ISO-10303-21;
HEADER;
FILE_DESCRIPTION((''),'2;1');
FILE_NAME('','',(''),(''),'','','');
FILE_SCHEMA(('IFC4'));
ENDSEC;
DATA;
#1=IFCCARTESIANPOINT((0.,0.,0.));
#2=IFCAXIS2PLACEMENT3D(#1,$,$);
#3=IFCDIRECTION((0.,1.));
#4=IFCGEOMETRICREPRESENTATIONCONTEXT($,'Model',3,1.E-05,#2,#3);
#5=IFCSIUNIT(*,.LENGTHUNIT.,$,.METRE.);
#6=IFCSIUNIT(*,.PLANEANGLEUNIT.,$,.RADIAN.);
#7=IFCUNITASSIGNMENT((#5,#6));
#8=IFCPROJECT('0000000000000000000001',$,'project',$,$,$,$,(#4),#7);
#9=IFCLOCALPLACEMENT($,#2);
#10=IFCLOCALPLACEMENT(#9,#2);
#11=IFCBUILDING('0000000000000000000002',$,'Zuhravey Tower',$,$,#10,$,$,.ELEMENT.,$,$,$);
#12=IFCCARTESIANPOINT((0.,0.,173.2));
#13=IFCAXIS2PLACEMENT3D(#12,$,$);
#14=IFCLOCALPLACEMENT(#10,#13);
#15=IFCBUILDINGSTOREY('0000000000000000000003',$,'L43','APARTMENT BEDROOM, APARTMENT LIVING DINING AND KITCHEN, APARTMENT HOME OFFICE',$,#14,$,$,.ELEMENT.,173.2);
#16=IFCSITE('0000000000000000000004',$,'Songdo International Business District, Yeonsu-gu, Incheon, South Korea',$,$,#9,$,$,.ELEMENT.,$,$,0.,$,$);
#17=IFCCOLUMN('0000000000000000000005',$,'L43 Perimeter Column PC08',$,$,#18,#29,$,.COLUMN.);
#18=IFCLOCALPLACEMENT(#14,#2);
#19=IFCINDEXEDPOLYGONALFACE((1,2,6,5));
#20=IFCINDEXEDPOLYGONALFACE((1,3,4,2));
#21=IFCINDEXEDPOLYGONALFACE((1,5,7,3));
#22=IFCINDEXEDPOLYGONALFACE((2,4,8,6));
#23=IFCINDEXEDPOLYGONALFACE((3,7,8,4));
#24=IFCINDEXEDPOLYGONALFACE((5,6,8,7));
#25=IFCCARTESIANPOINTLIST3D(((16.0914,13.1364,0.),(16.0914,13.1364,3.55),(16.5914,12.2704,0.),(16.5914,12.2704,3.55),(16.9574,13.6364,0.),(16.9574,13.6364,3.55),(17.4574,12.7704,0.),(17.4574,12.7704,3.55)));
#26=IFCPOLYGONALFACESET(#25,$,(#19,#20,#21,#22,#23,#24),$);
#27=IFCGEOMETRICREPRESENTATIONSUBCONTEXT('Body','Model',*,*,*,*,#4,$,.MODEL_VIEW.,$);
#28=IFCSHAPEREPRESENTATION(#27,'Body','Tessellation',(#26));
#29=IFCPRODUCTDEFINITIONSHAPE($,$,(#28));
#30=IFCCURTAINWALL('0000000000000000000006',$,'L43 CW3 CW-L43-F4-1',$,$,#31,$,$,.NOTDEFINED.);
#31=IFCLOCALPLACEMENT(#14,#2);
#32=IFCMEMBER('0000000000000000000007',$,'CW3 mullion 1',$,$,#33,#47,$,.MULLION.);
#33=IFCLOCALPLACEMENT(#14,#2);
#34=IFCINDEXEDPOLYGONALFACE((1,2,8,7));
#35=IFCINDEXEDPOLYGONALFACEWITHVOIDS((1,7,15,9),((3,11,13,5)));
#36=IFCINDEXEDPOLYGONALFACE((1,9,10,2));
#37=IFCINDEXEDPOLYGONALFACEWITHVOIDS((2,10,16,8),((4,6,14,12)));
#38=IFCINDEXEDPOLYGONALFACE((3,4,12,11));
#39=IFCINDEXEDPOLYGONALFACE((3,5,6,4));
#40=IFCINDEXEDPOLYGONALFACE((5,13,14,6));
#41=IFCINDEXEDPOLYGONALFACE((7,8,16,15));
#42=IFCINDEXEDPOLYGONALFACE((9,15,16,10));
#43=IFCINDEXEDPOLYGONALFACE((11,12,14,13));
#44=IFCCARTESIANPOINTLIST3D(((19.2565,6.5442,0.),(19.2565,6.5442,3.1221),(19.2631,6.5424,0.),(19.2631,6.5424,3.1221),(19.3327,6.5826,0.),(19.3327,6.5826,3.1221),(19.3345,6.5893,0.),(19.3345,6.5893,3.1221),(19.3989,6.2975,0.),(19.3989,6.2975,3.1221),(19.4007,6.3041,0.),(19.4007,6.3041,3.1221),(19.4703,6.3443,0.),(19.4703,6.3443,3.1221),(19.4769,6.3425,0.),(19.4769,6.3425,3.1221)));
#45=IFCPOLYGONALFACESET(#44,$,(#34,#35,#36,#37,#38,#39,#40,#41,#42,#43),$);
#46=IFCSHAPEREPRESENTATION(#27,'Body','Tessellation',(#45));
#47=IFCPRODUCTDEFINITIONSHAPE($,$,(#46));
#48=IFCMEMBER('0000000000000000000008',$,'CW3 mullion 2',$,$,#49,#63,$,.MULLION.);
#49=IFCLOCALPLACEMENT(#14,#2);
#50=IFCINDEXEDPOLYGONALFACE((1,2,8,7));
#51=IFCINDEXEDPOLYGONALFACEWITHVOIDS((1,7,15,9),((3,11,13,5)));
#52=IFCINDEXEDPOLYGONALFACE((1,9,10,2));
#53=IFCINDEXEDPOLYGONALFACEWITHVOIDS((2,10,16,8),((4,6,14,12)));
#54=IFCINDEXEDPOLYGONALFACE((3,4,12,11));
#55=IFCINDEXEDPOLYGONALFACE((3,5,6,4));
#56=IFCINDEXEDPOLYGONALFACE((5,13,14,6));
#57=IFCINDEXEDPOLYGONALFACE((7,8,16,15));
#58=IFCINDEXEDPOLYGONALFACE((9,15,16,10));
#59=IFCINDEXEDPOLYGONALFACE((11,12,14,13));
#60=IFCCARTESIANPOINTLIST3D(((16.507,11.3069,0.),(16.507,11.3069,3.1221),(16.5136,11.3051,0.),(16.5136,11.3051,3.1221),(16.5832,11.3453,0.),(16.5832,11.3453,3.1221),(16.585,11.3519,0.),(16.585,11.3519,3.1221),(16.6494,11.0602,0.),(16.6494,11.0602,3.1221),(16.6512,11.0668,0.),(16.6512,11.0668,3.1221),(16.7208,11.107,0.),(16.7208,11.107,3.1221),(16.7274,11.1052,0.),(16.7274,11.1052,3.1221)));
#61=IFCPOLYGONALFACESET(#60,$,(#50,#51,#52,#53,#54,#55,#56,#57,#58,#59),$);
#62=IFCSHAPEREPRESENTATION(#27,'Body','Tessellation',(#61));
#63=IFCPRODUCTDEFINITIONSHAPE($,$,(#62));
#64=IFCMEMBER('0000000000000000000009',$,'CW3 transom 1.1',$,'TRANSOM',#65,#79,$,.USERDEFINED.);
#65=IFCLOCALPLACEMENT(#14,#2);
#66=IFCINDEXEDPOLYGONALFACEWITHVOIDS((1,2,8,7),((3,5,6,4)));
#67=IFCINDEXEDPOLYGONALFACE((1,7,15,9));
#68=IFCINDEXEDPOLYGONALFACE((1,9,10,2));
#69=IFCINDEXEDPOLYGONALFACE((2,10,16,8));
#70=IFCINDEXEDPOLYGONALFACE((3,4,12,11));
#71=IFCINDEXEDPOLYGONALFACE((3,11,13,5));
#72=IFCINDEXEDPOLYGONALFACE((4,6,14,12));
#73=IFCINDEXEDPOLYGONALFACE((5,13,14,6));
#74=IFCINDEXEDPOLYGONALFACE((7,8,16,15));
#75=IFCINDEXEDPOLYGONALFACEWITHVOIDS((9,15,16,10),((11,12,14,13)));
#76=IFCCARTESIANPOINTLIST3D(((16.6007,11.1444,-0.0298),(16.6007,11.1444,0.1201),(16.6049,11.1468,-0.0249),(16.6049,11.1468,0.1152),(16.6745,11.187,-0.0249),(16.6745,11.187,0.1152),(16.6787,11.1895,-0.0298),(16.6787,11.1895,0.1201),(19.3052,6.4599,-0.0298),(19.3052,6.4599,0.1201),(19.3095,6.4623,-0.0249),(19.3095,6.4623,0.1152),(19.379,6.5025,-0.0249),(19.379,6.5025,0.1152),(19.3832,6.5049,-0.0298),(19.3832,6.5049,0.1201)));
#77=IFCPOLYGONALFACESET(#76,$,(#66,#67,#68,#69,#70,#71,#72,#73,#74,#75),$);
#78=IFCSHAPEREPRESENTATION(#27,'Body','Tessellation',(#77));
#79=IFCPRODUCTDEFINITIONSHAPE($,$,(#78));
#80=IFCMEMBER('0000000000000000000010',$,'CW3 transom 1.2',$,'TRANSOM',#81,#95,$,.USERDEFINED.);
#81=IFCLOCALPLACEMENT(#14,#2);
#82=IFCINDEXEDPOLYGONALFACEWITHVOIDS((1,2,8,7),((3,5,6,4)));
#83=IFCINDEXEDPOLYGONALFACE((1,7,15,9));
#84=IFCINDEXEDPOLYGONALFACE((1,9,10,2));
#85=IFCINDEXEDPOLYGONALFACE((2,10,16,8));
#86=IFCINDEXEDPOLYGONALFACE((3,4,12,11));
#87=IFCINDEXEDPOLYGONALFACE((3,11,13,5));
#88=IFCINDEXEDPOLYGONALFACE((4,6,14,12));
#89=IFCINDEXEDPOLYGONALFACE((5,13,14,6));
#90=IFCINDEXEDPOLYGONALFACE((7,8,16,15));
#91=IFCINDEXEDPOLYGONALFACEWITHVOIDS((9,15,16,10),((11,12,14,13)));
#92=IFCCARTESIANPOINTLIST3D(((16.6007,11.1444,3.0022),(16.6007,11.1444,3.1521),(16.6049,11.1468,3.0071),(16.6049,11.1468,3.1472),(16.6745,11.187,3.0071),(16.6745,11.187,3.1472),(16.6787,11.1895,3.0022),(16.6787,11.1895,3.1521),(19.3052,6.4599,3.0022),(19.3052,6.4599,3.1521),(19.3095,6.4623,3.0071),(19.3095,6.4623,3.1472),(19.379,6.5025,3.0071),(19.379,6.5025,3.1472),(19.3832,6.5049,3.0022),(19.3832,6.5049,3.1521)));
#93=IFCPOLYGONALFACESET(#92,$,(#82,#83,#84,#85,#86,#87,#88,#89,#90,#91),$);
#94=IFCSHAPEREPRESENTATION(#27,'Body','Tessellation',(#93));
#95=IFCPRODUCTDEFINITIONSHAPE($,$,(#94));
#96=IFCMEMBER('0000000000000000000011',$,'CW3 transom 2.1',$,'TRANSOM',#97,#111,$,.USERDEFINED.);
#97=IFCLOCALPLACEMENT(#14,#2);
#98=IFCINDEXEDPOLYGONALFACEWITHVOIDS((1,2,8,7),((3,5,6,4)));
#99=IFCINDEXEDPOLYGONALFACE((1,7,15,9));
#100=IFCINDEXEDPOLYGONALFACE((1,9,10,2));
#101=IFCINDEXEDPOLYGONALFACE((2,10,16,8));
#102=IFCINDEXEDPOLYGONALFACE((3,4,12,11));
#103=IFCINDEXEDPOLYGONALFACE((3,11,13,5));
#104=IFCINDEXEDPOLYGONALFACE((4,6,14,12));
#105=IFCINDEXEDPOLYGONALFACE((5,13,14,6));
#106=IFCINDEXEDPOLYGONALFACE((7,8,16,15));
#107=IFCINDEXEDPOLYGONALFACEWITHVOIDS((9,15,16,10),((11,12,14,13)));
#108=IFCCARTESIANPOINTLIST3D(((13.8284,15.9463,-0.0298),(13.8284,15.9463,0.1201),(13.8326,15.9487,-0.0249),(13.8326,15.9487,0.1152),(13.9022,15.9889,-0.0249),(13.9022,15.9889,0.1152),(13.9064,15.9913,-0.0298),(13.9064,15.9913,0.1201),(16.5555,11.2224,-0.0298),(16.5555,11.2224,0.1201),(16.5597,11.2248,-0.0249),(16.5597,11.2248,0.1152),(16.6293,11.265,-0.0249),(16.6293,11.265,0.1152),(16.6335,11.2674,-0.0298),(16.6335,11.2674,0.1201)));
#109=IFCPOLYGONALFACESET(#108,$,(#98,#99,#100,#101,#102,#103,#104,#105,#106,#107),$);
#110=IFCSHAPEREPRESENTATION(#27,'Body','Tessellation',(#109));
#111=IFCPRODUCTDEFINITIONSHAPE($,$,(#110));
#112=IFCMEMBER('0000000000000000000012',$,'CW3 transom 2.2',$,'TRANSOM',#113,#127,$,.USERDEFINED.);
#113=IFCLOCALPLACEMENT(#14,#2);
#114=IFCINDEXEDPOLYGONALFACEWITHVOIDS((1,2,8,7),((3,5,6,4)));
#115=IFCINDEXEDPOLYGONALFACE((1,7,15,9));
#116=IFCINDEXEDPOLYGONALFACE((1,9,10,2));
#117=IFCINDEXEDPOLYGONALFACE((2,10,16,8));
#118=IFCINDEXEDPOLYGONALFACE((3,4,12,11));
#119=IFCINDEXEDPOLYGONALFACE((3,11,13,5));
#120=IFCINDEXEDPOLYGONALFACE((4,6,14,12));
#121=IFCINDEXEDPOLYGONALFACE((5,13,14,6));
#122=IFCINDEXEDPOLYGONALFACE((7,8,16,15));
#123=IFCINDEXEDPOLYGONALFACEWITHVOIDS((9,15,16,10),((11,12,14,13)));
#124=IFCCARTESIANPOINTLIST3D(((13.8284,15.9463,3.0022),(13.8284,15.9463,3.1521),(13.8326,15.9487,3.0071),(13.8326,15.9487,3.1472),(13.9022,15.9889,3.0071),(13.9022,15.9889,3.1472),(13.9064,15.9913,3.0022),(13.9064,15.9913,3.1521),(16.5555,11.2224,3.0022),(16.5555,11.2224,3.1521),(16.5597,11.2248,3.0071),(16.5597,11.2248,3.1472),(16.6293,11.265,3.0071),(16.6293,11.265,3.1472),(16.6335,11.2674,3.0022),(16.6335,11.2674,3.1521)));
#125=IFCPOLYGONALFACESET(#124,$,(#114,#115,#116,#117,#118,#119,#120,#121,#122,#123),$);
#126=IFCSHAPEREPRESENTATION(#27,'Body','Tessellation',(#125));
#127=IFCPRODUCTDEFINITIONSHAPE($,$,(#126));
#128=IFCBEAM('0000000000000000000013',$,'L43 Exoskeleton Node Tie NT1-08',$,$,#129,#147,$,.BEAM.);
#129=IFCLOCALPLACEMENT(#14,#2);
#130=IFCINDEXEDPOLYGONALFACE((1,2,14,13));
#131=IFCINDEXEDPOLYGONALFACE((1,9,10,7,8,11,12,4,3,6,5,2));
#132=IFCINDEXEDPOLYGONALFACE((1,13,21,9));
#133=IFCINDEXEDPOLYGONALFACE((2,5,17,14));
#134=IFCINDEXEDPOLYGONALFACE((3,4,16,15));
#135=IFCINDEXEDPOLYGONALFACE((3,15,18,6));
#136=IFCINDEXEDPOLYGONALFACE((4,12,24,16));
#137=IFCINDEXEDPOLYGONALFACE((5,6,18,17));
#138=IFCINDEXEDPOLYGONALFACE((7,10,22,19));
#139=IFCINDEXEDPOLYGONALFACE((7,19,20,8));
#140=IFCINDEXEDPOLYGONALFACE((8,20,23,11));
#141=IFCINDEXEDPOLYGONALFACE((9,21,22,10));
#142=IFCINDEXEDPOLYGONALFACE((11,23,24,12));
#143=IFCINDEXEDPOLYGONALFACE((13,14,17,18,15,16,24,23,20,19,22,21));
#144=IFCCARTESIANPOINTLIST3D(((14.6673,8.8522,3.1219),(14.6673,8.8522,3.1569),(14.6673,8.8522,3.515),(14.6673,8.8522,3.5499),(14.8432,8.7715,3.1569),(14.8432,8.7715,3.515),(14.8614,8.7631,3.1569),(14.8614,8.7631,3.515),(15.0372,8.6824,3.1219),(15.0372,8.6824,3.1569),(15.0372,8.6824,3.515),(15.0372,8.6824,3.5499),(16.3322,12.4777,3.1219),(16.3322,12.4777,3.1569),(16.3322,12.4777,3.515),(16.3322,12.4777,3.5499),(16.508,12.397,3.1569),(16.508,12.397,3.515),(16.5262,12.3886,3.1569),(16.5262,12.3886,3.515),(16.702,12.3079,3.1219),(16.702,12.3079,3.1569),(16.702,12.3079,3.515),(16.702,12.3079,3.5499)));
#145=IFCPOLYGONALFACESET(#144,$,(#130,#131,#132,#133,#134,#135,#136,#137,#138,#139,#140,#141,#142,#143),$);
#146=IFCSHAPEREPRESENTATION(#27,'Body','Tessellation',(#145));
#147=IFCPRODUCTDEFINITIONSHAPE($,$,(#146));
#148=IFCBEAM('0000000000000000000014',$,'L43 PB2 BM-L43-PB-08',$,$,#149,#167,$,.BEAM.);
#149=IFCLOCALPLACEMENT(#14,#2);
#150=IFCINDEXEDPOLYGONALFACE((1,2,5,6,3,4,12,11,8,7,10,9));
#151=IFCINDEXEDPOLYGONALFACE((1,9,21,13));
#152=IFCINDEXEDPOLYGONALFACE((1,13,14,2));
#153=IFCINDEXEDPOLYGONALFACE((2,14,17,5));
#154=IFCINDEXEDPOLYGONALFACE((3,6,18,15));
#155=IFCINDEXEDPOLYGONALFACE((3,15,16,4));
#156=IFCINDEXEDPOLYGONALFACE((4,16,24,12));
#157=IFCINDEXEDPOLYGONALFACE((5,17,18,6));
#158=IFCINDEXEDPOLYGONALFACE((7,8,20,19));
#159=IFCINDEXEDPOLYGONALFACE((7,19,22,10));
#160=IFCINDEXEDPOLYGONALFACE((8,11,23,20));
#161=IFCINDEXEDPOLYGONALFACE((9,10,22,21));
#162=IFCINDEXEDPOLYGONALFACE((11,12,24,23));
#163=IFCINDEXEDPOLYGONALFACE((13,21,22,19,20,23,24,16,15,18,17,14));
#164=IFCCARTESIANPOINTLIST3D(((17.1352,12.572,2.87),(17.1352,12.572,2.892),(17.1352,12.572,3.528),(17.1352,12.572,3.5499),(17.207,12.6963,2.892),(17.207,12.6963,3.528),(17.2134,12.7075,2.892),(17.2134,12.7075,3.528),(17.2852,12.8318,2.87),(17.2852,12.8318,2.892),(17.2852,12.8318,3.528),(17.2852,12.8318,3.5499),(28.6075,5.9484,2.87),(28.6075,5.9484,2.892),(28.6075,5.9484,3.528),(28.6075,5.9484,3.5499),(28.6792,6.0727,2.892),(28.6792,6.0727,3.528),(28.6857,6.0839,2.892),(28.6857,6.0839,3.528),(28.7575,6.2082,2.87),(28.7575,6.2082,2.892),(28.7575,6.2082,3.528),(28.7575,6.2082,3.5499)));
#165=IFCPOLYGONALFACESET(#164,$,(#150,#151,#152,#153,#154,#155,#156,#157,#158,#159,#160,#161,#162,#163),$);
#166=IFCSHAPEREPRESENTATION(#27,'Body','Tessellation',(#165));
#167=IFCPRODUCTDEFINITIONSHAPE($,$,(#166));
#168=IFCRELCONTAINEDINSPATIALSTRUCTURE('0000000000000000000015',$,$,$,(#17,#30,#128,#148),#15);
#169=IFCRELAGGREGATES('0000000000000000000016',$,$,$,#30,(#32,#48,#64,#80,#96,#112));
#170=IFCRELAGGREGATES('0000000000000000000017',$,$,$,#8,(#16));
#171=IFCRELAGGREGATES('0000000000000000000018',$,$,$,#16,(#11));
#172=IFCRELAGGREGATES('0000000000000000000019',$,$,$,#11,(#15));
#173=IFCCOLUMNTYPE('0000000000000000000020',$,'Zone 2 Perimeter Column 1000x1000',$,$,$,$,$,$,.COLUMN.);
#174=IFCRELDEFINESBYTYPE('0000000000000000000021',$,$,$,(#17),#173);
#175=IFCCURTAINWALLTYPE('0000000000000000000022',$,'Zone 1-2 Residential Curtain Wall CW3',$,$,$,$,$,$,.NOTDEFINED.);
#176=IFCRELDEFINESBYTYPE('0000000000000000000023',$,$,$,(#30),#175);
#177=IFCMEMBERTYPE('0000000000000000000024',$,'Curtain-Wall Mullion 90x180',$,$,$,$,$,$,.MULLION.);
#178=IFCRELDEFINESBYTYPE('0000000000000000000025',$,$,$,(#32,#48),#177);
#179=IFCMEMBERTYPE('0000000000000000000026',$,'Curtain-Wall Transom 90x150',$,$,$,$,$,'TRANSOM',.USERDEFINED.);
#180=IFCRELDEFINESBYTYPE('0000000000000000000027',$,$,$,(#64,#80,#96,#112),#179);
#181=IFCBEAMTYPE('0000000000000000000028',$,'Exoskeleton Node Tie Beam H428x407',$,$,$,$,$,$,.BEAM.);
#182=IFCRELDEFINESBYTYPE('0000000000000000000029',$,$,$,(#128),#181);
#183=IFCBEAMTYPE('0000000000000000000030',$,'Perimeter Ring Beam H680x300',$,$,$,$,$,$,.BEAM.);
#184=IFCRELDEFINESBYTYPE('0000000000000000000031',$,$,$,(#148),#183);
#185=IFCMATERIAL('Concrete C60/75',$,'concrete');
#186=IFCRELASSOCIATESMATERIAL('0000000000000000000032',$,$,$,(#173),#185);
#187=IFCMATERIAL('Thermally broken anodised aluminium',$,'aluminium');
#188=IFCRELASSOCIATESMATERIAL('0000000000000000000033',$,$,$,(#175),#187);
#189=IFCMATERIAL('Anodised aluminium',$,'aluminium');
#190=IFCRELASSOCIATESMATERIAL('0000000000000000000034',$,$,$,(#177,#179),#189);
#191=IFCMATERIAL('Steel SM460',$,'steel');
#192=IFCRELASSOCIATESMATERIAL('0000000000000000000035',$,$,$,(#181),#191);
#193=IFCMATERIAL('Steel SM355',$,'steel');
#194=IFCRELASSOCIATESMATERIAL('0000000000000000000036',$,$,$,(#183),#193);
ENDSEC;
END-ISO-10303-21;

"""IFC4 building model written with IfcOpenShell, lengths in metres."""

from ifc_helpers import new_model, si_unit, direction, frame, origin, origin_2d, place, context, subcontext, project, spatial, rectangle, hollow_rectangle, i_section, extrude, material, material_profile, profile_set, type_object, element, aggregate, save


model = new_model("IFC4")

# Units and contexts
model_context = context("Model", 3, precision=1e-05, world=origin(), true_north=direction((0.0, 1.0)))
body_context = subcontext(model_context, "Body", "Model", "MODEL_VIEW")
ifc_project = project(units=[si_unit("LENGTHUNIT", "METRE"), si_unit("PLANEANGLEUNIT", "RADIAN")], contexts=[model_context])

# Site, building, storey
site_placement = place(None, origin())
site = spatial("IfcSite", under=ifc_project, at=site_placement, Name="Songdo International Business District, Yeonsu-gu, Incheon, South Korea", CompositionType="ELEMENT", RefElevation=0.0)
building_placement = place(site_placement, origin())
building = spatial("IfcBuilding", under=site, at=building_placement, Name="Zuhravey Tower", CompositionType="ELEMENT")
storey_placement = place(building_placement, frame((0.0, 0.0, 173.2)))
storey = spatial("IfcBuildingStorey", under=building, at=storey_placement, Name="L43", Description="APARTMENT BEDROOM, APARTMENT LIVING DINING AND KITCHEN, APARTMENT HOME OFFICE", CompositionType="ELEMENT", Elevation=173.2)

# Column
ifc_material_1 = material(Name="Concrete C60/75", Category="concrete")
ifc_material_profile_1 = material_profile(ifc_material_1, rectangle(XDim=1.0, YDim=1.0, at=origin_2d()), Name="RC-1000x1000")
ifc_profile_set_1 = profile_set([ifc_material_profile_1], Name="Concrete C60/75")
column_type = type_object("IfcColumnType", Name="Zone 2 Perimeter Column 1000x1000", PredefinedType="COLUMN", material=ifc_profile_set_1)
column_placement = place(storey_placement, frame((16.7744, 12.9534, 0.0), z_axis=(0.0, 0.0, 1.0), x_axis=(0.5, -0.866025, 0.0)))
element("IfcColumn", 1, at=column_placement, inside=storey, type_object=column_type, Name="L43 Perimeter Column PC08", PredefinedType="COLUMN", context=body_context, shape_type="SweptSolid", body=[
    extrude(rectangle(XDim=1.0, YDim=1.0, at=origin_2d()), origin(), (0.0, 0.0, 1.0), 3.55),
])

# Curtain wall, members
ifc_material_2 = material(Name="Thermally broken anodised aluminium", Category="aluminium")
curtain_wall_type = type_object("IfcCurtainWallType", Name="Zone 1-2 Residential Curtain Wall CW3", PredefinedType="NOTDEFINED", material=ifc_material_2)
curtain_wall_placement = place(storey_placement, origin())
curtain_wall = element("IfcCurtainWall", 2, at=curtain_wall_placement, inside=storey, type_object=curtain_wall_type, Name="L43 CW3 CW-L43-F4-1", PredefinedType="NOTDEFINED")
ifc_material_3 = material(Name="Anodised aluminium", Category="aluminium")
ifc_material_profile_2 = material_profile(ifc_material_3, hollow_rectangle(XDim=0.0901, YDim=0.2849, WallThickness=0.0049, at=origin_2d()), Name="ALU-RHS-90x285x5")
ifc_profile_set_2 = profile_set([ifc_material_profile_2], Name="Anodised aluminium")
member_type_1 = type_object("IfcMemberType", Name="Curtain-Wall Mullion 90x180", PredefinedType="MULLION", material=ifc_profile_set_2)
member_1_placement = place(storey_placement, frame((19.3667, 6.4434, 0.0), z_axis=(0.0, 0.0, 1.0), x_axis=(-0.866025, -0.5, 0.0)))
member_1 = element("IfcMember", 3, at=member_1_placement, type_object=member_type_1, Name="CW3 mullion 1", PredefinedType="MULLION", context=body_context, shape_type="SweptSolid", body=[
    extrude(hollow_rectangle(XDim=0.0901, YDim=0.2849, WallThickness=0.0049, at=origin_2d()), origin(), (0.0, 0.0, 1.0), 3.1221),
])
member_2_placement = place(storey_placement, frame((16.6172, 11.2061, 0.0), z_axis=(0.0, 0.0, 1.0), x_axis=(-0.866025, -0.5, 0.0)))
member_2 = element("IfcMember", 4, at=member_2_placement, type_object=member_type_1, Name="CW3 mullion 2", PredefinedType="MULLION", context=body_context, shape_type="SweptSolid", body=[
    extrude(hollow_rectangle(XDim=0.0901, YDim=0.2849, WallThickness=0.0049, at=origin_2d()), origin(), (0.0, 0.0, 1.0), 3.1221),
])
ifc_material_profile_3 = material_profile(ifc_material_3, hollow_rectangle(XDim=0.0901, YDim=0.1499, WallThickness=0.0049, at=origin_2d()), Name="ALU-RHS-90x150x5")
ifc_profile_set_3 = profile_set([ifc_material_profile_3], Name="Anodised aluminium")
member_type_2 = type_object("IfcMemberType", Name="Curtain-Wall Transom 90x150", ElementType="TRANSOM", PredefinedType="USERDEFINED", material=ifc_profile_set_3)
member_3_placement = place(storey_placement, frame((19.3442, 6.4824, 0.0452), z_axis=(-0.499993, 0.866029, 0.0), x_axis=(-0.866029, -0.499993, 0.0)))
member_3 = element("IfcMember", 5, at=member_3_placement, type_object=member_type_2, Name="CW3 transom 1.1", ObjectType="TRANSOM", PredefinedType="USERDEFINED", context=body_context, shape_type="SweptSolid", body=[
    extrude(hollow_rectangle(XDim=0.0901, YDim=0.1499, WallThickness=0.0049, at=origin_2d()), origin(), (0.0, 0.0, 1.0), 5.4092),
])
member_4_placement = place(storey_placement, frame((19.3442, 6.4824, 3.0771), z_axis=(-0.499993, 0.866029, 0.0), x_axis=(-0.866029, -0.499993, 0.0)))
member_4 = element("IfcMember", 6, at=member_4_placement, type_object=member_type_2, Name="CW3 transom 1.2", ObjectType="TRANSOM", PredefinedType="USERDEFINED", context=body_context, shape_type="SweptSolid", body=[
    extrude(hollow_rectangle(XDim=0.0901, YDim=0.1499, WallThickness=0.0049, at=origin_2d()), origin(), (0.0, 0.0, 1.0), 5.4092),
])
member_5_placement = place(storey_placement, frame((16.5945, 11.2449, 0.0452), z_axis=(-0.499961, 0.866048, 0.0), x_axis=(-0.866048, -0.499961, 0.0)))
member_5 = element("IfcMember", 7, at=member_5_placement, type_object=member_type_2, Name="CW3 transom 2.1", ObjectType="TRANSOM", PredefinedType="USERDEFINED", context=body_context, shape_type="SweptSolid", body=[
    extrude(hollow_rectangle(XDim=0.0901, YDim=0.1499, WallThickness=0.0049, at=origin_2d()), origin(), (0.0, 0.0, 1.0), 5.4546),
])
member_6_placement = place(storey_placement, frame((16.5945, 11.2449, 3.0771), z_axis=(-0.499961, 0.866048, 0.0), x_axis=(-0.866048, -0.499961, 0.0)))
member_6 = element("IfcMember", 8, at=member_6_placement, type_object=member_type_2, Name="CW3 transom 2.2", ObjectType="TRANSOM", PredefinedType="USERDEFINED", context=body_context, shape_type="SweptSolid", body=[
    extrude(hollow_rectangle(XDim=0.0901, YDim=0.1499, WallThickness=0.0049, at=origin_2d()), origin(), (0.0, 0.0, 1.0), 5.4546),
])

# Beams
ifc_material_4 = material(Name="Steel SM460", Category="steel")
ifc_material_profile_4 = material_profile(ifc_material_4, i_section(OverallWidth=0.407, OverallDepth=0.428, WebThickness=0.02, FlangeThickness=0.0349, at=origin_2d()), Name="H-428x407x20x35")
ifc_profile_set_4 = profile_set([ifc_material_profile_4], Name="Steel SM460")
beam_type_1 = type_object("IfcBeamType", Name="Exoskeleton Node Tie Beam H428x407", PredefinedType="BEAM", material=ifc_profile_set_4)
beam_1_placement = place(storey_placement, frame((16.5171, 12.3928, 3.3359), z_axis=(-0.417299, -0.908769, 0.0), x_axis=(0.908769, -0.417299, 0.0)))
element("IfcBeam", 9, at=beam_1_placement, inside=storey, type_object=beam_type_1, Name="L43 Exoskeleton Node Tie NT1-08", PredefinedType="BEAM", context=body_context, shape_type="SweptSolid", body=[
    extrude(i_section(OverallWidth=0.407, OverallDepth=0.428, WebThickness=0.02, FlangeThickness=0.0349, at=origin_2d()), origin(), (0.0, 0.0, 1.0), 3.9895),
])
ifc_material_5 = material(Name="Steel SM355", Category="steel")
ifc_material_profile_5 = material_profile(ifc_material_5, i_section(OverallWidth=0.3, OverallDepth=0.6799, WebThickness=0.0129, FlangeThickness=0.022, at=origin_2d()), Name="H-680x300x13x22")
ifc_profile_set_5 = profile_set([ifc_material_profile_5], Name="Steel SM355")
beam_type_2 = type_object("IfcBeamType", Name="Perimeter Ring Beam H680x300", PredefinedType="BEAM", material=ifc_profile_set_5)
beam_2_placement = place(storey_placement, frame((17.2102, 12.7019, 3.21), z_axis=(0.866023, -0.500004, 0.0), x_axis=(0.500004, 0.866023, 0.0)))
element("IfcBeam", 10, at=beam_2_placement, inside=storey, type_object=beam_type_2, Name="L43 PB2 BM-L43-PB-08", PredefinedType="BEAM", context=body_context, shape_type="SweptSolid", body=[
    extrude(i_section(OverallWidth=0.3, OverallDepth=0.6799, WebThickness=0.0129, FlangeThickness=0.022, at=origin_2d()), origin(), (0.0, 0.0, 1.0), 13.2471),
])

aggregate(curtain_wall, [member_1, member_2, member_3, member_4, member_5, member_6])

save(model, "model.ifc")
